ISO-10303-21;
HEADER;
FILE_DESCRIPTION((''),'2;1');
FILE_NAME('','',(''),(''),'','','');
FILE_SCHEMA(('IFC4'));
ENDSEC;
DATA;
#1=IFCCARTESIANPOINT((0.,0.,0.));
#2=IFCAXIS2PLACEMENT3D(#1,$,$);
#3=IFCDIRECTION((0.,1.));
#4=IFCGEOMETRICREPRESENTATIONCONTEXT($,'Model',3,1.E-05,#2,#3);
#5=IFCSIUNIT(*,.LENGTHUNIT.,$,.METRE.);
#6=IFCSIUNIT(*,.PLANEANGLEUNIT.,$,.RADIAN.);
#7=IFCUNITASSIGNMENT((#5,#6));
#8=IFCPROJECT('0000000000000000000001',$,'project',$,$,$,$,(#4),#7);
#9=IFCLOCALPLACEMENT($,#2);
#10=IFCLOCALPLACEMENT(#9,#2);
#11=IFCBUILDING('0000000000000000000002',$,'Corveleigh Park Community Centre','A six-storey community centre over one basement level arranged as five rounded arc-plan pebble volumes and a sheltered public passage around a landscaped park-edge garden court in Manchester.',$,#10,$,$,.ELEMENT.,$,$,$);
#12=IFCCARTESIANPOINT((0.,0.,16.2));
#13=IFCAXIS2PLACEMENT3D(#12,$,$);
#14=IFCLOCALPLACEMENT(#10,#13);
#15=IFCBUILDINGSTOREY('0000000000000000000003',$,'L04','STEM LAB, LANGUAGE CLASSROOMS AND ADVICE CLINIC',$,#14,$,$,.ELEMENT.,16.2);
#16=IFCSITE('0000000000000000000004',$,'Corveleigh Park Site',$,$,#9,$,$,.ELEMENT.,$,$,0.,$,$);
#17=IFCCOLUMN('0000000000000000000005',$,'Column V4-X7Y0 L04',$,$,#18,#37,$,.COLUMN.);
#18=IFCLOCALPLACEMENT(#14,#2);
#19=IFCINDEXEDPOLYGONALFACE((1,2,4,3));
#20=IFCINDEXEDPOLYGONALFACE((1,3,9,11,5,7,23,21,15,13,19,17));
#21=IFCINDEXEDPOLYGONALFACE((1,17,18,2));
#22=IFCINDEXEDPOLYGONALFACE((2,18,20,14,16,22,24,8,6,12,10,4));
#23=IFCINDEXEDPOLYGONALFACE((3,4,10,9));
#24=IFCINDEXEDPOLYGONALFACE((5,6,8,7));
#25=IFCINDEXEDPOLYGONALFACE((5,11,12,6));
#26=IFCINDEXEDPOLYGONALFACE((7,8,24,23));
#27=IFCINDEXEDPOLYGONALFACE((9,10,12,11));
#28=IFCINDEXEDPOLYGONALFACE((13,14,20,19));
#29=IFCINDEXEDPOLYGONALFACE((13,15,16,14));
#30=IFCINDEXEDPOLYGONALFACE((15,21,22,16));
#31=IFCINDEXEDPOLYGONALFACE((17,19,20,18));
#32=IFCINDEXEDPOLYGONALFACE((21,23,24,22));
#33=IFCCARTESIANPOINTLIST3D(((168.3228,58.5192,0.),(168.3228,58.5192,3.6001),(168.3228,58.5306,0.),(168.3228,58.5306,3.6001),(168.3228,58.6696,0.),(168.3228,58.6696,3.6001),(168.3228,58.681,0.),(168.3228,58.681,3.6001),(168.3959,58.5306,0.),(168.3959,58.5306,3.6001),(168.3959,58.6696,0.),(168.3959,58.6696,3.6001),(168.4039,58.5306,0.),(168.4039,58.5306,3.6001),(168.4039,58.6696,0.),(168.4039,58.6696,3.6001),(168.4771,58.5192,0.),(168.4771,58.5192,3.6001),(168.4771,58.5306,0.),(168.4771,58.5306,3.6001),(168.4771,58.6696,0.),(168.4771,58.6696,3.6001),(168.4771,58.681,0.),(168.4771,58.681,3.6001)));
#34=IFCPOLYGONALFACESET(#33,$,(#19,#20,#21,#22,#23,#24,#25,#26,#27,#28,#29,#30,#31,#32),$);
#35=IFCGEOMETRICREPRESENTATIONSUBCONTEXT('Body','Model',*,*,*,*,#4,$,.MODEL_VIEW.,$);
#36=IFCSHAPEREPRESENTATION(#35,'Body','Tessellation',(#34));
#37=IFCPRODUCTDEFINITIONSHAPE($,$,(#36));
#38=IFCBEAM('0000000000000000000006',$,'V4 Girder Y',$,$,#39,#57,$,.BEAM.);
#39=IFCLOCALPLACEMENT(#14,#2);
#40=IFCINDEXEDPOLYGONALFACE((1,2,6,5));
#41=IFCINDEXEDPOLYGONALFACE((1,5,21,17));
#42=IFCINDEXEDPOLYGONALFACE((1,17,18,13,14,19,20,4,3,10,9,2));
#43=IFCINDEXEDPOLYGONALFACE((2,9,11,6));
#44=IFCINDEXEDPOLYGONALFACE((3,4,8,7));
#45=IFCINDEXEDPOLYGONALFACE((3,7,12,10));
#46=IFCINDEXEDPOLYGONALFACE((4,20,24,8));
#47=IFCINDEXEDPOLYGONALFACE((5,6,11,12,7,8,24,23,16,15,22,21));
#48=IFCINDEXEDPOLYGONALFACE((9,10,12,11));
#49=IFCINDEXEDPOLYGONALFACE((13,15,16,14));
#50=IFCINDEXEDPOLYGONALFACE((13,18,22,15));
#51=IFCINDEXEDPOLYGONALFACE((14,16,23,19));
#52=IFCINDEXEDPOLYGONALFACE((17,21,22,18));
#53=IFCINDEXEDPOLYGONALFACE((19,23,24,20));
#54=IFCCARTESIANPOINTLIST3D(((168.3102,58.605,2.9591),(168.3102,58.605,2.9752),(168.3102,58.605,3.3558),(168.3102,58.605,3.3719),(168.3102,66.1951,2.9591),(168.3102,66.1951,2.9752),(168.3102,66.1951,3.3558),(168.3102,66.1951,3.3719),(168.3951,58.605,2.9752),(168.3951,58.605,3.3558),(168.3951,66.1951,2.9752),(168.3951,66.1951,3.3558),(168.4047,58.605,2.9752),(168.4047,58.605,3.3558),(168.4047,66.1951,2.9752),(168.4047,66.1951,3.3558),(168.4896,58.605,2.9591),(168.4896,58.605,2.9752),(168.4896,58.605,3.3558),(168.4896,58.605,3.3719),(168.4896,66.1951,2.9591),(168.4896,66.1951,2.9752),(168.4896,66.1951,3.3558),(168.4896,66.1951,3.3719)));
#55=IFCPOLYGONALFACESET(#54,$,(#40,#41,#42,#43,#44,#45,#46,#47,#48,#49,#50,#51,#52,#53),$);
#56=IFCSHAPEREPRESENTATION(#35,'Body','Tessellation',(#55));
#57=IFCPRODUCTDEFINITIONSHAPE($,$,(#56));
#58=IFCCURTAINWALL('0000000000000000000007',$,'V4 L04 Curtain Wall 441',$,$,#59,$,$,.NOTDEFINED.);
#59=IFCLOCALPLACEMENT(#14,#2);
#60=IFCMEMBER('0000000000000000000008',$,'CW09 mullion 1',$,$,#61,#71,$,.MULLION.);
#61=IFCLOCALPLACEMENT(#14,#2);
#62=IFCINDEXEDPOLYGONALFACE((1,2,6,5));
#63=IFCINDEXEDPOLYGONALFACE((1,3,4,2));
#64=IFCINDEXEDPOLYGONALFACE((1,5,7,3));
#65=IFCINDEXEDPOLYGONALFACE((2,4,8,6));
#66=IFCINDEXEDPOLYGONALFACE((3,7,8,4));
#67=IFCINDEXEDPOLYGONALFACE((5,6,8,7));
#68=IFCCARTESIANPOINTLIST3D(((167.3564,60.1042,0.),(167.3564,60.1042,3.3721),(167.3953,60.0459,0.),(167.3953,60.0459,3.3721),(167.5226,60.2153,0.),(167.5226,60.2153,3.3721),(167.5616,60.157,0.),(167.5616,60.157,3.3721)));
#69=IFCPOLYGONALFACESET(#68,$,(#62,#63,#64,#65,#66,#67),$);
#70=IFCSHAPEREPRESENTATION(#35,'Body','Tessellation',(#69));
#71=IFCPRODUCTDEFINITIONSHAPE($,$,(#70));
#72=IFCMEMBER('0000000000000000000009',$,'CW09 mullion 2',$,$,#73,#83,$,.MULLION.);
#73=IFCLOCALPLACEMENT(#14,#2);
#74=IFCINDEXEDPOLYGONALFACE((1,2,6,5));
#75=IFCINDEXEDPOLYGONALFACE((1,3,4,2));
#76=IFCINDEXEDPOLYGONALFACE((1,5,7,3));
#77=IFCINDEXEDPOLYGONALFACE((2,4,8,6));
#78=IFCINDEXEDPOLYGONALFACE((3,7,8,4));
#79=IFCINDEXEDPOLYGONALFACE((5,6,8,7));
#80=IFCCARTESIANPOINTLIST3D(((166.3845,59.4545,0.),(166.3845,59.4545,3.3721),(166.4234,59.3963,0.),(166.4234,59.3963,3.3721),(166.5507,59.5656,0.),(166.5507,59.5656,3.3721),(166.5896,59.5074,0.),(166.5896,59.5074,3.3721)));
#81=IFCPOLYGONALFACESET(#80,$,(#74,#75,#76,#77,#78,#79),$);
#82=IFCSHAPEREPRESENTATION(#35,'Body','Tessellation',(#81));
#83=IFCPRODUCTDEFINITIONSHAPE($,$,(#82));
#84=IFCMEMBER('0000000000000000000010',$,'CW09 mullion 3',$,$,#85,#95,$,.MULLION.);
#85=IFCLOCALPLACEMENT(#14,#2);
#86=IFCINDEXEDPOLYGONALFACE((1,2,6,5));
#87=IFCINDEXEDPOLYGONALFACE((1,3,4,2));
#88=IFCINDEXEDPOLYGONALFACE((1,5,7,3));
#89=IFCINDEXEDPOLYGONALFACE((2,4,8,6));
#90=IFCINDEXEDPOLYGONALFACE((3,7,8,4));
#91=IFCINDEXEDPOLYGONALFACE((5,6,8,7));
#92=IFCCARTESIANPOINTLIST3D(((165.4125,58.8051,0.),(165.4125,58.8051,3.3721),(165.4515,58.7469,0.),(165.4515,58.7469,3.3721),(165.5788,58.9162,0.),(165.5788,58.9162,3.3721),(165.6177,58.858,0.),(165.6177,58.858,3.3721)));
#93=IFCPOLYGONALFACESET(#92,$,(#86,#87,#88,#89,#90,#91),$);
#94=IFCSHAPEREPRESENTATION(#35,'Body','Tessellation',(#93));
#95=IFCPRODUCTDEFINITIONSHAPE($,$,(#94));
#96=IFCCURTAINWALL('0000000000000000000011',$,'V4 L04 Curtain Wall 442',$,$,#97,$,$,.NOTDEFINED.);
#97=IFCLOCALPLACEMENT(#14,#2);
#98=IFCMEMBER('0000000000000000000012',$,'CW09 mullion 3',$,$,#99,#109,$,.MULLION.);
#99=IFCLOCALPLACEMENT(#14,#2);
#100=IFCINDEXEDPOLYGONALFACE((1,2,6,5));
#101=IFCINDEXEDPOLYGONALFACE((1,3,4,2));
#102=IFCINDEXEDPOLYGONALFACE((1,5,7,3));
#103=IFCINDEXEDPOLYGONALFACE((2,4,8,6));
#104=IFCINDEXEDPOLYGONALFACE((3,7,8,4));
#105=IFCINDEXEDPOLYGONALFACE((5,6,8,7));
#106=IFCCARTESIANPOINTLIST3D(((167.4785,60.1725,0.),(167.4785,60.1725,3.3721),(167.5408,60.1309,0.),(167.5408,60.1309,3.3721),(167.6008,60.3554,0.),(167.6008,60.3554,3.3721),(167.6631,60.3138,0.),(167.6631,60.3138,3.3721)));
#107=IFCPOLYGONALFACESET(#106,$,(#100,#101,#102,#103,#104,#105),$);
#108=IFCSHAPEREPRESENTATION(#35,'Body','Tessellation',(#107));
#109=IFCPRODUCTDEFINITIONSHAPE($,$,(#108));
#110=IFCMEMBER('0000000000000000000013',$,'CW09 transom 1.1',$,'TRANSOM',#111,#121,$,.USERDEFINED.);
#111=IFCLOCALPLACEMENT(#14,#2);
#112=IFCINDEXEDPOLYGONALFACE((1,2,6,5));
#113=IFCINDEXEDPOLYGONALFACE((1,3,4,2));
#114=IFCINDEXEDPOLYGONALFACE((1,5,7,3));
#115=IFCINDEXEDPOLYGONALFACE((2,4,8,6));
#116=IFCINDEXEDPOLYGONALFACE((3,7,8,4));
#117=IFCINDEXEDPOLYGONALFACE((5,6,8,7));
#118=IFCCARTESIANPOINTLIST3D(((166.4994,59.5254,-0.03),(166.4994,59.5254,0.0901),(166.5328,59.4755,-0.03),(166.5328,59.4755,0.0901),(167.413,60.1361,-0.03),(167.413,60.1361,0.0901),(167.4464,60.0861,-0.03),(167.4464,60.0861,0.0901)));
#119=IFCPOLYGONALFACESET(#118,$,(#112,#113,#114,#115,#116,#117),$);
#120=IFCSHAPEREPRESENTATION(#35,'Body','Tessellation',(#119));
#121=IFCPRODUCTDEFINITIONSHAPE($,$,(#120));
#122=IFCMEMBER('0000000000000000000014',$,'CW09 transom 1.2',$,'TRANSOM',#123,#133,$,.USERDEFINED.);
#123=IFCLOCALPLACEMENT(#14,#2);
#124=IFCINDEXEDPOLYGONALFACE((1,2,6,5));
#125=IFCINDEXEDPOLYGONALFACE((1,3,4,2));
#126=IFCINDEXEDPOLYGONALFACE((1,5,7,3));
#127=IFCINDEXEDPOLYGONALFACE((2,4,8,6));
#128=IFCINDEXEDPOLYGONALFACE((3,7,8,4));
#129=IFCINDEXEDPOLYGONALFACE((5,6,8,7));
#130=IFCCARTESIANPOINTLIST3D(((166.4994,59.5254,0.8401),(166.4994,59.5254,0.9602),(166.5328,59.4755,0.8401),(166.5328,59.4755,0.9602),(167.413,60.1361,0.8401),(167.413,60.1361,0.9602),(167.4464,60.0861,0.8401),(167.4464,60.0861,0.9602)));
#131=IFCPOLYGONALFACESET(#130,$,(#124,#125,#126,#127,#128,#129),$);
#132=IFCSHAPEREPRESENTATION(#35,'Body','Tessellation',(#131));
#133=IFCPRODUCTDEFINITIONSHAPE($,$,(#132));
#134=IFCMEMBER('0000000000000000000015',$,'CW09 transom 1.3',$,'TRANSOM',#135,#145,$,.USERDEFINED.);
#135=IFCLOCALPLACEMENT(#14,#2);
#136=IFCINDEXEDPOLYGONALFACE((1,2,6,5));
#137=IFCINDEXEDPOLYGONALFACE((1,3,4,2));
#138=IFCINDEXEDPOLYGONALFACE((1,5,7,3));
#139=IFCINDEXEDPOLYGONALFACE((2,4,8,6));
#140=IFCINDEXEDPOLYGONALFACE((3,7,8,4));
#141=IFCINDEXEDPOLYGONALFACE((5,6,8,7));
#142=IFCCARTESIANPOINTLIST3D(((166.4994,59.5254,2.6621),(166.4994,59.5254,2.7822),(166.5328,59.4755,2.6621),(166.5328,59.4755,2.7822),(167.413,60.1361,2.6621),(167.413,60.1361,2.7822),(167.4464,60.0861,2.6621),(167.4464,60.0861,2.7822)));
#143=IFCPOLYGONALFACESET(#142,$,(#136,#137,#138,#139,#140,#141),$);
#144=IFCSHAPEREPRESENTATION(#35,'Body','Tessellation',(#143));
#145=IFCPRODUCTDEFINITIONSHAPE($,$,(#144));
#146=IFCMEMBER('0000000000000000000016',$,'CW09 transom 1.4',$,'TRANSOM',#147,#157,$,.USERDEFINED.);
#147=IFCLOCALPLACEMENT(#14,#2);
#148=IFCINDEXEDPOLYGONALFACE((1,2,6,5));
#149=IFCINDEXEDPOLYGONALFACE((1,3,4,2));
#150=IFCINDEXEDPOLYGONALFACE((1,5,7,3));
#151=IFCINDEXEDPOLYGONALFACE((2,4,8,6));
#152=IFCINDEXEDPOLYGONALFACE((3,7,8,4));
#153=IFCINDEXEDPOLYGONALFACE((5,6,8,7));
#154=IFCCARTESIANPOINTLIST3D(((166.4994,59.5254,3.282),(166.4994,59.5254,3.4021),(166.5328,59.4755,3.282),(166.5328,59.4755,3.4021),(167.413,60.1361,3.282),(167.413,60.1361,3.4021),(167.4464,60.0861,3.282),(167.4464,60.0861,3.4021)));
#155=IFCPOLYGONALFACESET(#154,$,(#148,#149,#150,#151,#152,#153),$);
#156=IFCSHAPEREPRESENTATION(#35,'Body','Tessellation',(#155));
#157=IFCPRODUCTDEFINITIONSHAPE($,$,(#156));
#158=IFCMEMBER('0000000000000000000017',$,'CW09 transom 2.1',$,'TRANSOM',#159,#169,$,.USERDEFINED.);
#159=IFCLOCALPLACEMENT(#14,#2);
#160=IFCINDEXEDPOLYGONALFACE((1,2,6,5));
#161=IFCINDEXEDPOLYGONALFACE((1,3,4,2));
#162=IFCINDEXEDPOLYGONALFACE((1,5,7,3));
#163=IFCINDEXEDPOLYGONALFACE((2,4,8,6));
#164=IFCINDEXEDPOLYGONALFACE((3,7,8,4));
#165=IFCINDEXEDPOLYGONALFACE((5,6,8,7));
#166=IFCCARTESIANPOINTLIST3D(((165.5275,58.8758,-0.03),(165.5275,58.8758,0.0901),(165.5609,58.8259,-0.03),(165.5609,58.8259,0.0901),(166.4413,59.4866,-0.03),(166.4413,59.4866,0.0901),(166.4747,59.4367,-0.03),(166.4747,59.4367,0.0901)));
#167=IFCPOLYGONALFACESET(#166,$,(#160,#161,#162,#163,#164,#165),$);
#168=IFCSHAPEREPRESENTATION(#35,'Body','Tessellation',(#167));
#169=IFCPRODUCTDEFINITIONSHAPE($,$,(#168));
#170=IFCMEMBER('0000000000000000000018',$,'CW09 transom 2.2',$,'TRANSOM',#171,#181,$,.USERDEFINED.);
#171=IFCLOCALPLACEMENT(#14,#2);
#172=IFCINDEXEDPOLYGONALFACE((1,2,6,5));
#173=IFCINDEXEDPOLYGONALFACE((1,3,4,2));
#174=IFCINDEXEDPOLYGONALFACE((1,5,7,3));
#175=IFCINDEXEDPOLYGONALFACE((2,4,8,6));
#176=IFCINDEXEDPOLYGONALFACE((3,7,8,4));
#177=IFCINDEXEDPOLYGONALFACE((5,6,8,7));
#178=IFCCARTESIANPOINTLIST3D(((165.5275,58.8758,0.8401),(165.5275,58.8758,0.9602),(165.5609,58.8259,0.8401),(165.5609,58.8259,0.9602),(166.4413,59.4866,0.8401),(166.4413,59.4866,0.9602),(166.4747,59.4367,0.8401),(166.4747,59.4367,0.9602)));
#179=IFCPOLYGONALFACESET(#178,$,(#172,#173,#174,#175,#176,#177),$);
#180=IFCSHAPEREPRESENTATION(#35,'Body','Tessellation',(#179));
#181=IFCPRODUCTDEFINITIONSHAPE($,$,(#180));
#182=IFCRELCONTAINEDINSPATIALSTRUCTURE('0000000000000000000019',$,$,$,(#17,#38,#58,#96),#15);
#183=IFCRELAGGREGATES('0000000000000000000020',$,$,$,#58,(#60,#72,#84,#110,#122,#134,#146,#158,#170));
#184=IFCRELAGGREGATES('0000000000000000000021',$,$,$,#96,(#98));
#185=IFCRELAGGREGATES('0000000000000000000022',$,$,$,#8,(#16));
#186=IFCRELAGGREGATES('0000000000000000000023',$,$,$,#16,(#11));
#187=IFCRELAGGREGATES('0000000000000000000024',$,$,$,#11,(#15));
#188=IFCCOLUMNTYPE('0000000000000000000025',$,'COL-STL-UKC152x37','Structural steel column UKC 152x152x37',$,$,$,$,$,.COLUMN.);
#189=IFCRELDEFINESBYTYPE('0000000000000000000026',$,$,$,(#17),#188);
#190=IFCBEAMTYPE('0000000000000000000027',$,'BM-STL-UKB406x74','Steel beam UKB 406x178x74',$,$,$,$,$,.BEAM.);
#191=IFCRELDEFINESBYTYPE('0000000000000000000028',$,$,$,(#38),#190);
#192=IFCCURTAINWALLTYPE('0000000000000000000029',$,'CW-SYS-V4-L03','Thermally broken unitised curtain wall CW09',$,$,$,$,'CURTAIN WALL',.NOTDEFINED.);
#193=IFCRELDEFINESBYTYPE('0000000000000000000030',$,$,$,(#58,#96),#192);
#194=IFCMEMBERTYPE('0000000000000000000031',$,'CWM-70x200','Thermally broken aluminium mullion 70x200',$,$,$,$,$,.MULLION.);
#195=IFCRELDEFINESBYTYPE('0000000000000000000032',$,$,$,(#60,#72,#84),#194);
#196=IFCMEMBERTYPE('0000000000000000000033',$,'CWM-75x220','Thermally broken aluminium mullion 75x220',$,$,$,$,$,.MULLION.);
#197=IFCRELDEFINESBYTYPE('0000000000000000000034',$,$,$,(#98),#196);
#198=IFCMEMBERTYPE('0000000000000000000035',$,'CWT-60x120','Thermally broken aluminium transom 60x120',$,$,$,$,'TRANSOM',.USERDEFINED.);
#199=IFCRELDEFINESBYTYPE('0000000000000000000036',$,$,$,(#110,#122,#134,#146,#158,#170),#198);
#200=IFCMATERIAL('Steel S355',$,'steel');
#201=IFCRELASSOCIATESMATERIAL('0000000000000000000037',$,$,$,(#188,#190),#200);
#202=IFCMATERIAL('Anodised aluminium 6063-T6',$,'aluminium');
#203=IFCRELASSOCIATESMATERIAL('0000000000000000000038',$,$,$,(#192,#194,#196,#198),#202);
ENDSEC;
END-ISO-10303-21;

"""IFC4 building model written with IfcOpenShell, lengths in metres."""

from ifc_helpers import new_model, si_unit, direction, frame, origin, origin_2d, place, context, subcontext, project, spatial, rectangle, i_section, extrude, material, material_profile, profile_set, type_object, element, aggregate, save


model = new_model("IFC4")

# Units and contexts
model_context = context("Model", 3, precision=1e-05, world=origin(), true_north=direction((0.0, 1.0)))
body_context = subcontext(model_context, "Body", "Model", "MODEL_VIEW")
ifc_project = project(units=[si_unit("LENGTHUNIT", "METRE"), si_unit("PLANEANGLEUNIT", "RADIAN")], contexts=[model_context])

# Site, building, storey
site_placement = place(None, origin())
site = spatial("IfcSite", under=ifc_project, at=site_placement, Name="Corveleigh Park Site", CompositionType="ELEMENT", RefElevation=0.0)
building_placement = place(site_placement, origin())
building = spatial("IfcBuilding", under=site, at=building_placement, Name="Corveleigh Park Community Centre", Description="A six-storey community centre over one basement level arranged as five rounded arc-plan pebble volumes and a sheltered public passage around a landscaped park-edge garden court in Manchester.", CompositionType="ELEMENT")
storey_placement = place(building_placement, frame((0.0, 0.0, 16.2)))
storey = spatial("IfcBuildingStorey", under=building, at=storey_placement, Name="L04", Description="STEM LAB, LANGUAGE CLASSROOMS AND ADVICE CLINIC", CompositionType="ELEMENT", Elevation=16.2)

# Column
ifc_material_1 = material(Name="Steel S355", Category="steel")
ifc_material_profile_1 = material_profile(ifc_material_1, i_section(OverallWidth=0.1543, OverallDepth=0.1619, WebThickness=0.0081, FlangeThickness=0.0115, at=origin_2d()), Name="UKC 152x152x37", Category="steel")
ifc_profile_set_1 = profile_set([ifc_material_profile_1], Name="Steel S355")
column_type = type_object("IfcColumnType", Name="COL-STL-UKC152x37", Description="Structural steel column UKC 152x152x37", PredefinedType="COLUMN", material=ifc_profile_set_1)
column_placement = place(storey_placement, frame((168.3999, 58.6001, 0.0), z_axis=(0.0, 0.0, 1.0), x_axis=(1.0, 0.0, 0.0)))
element("IfcColumn", 1, at=column_placement, inside=storey, type_object=column_type, Name="Column V4-X7Y0 L04", PredefinedType="COLUMN", context=body_context, shape_type="SweptSolid", body=[
    extrude(i_section(OverallWidth=0.1543, OverallDepth=0.1619, WebThickness=0.0081, FlangeThickness=0.0115, at=origin_2d()), origin(), (0.0, 0.0, 1.0), 3.6001),
])

# Beam
ifc_material_profile_2 = material_profile(ifc_material_1, i_section(OverallWidth=0.1794, OverallDepth=0.4128, WebThickness=0.0095, FlangeThickness=0.0161, at=origin_2d()), Name="UKB 406x178x74", Category="steel")
ifc_profile_set_2 = profile_set([ifc_material_profile_2], Name="Steel S355")
beam_type = type_object("IfcBeamType", Name="BM-STL-UKB406x74", Description="Steel beam UKB 406x178x74", PredefinedType="BEAM", material=ifc_profile_set_2)
beam_placement = place(storey_placement, frame((168.3999, 58.605, 3.1655), z_axis=(0.0, 1.0, 0.0), x_axis=(-1.0, 0.0, 0.0)))
element("IfcBeam", 2, at=beam_placement, inside=storey, type_object=beam_type, Name="V4 Girder Y", PredefinedType="BEAM", context=body_context, shape_type="SweptSolid", body=[
    extrude(i_section(OverallWidth=0.1794, OverallDepth=0.4128, WebThickness=0.0095, FlangeThickness=0.0161, at=origin_2d()), origin(), (0.0, 0.0, 1.0), 7.5901),
])

# Curtain wall, members
ifc_material_2 = material(Name="Anodised aluminium 6063-T6", Category="aluminium")
curtain_wall_type = type_object("IfcCurtainWallType", Name="CW-SYS-V4-L03", Description="Thermally broken unitised curtain wall CW09", ElementType="CURTAIN WALL", PredefinedType="NOTDEFINED", material=ifc_material_2)
curtain_wall_1_placement = place(storey_placement, origin())
curtain_wall_1 = element("IfcCurtainWall", 3, at=curtain_wall_1_placement, inside=storey, type_object=curtain_wall_type, Name="V4 L04 Curtain Wall 441", PredefinedType="NOTDEFINED")
ifc_material_profile_3 = material_profile(ifc_material_2, rectangle(XDim=0.0701, YDim=0.2, at=origin_2d()), Name="ALU-M70x200", Category="aluminium")
ifc_profile_set_3 = profile_set([ifc_material_profile_3], Name="Anodised aluminium 6063-T6")
member_type_1 = type_object("IfcMemberType", Name="CWM-70x200", Description="Thermally broken aluminium mullion 70x200", PredefinedType="MULLION", material=ifc_profile_set_3)
member_1_placement = place(storey_placement, frame((167.459, 60.1306, 0.0), z_axis=(0.0, 0.0, 1.0), x_axis=(0.555658, -0.831411, 0.0)))
member_1 = element("IfcMember", 4, at=member_1_placement, type_object=member_type_1, Name="CW09 mullion 1", PredefinedType="MULLION", context=body_context, shape_type="SweptSolid", body=[
    extrude(rectangle(XDim=0.0701, YDim=0.2, at=origin_2d()), origin(), (0.0, 0.0, 1.0), 3.3721),
])
member_2_placement = place(storey_placement, frame((166.4871, 59.481, 0.0), z_axis=(0.0, 0.0, 1.0), x_axis=(0.555658, -0.831411, 0.0)))
member_2 = element("IfcMember", 5, at=member_2_placement, type_object=member_type_1, Name="CW09 mullion 2", PredefinedType="MULLION", context=body_context, shape_type="SweptSolid", body=[
    extrude(rectangle(XDim=0.0701, YDim=0.2, at=origin_2d()), origin(), (0.0, 0.0, 1.0), 3.3721),
])
member_3_placement = place(storey_placement, frame((165.5151, 58.8315, 0.0), z_axis=(0.0, 0.0, 1.0), x_axis=(0.555658, -0.831411, 0.0)))
member_3 = element("IfcMember", 6, at=member_3_placement, type_object=member_type_1, Name="CW09 mullion 3", PredefinedType="MULLION", context=body_context, shape_type="SweptSolid", body=[
    extrude(rectangle(XDim=0.0701, YDim=0.2, at=origin_2d()), origin(), (0.0, 0.0, 1.0), 3.3721),
])

# Curtain wall, member
curtain_wall_2_placement = place(storey_placement, origin())
curtain_wall_2 = element("IfcCurtainWall", 7, at=curtain_wall_2_placement, inside=storey, type_object=curtain_wall_type, Name="V4 L04 Curtain Wall 442", PredefinedType="NOTDEFINED")
ifc_material_profile_4 = material_profile(ifc_material_2, rectangle(XDim=0.075, YDim=0.22, at=origin_2d()), Name="ALU-M75x220", Category="aluminium")
ifc_profile_set_4 = profile_set([ifc_material_profile_4], Name="Anodised aluminium 6063-T6")
member_type_2 = type_object("IfcMemberType", Name="CWM-75x220", Description="Thermally broken aluminium mullion 75x220", PredefinedType="MULLION", material=ifc_profile_set_4)
member_4_placement = place(storey_placement, frame((167.5708, 60.2432, 0.0), z_axis=(0.0, 0.0, 1.0), x_axis=(0.831411, -0.555658, 0.0)))
member_4 = element("IfcMember", 8, at=member_4_placement, type_object=member_type_2, Name="CW09 mullion 3", PredefinedType="MULLION", context=body_context, shape_type="SweptSolid", body=[
    extrude(rectangle(XDim=0.075, YDim=0.22, at=origin_2d()), origin(), (0.0, 0.0, 1.0), 3.3721),
])

# Members
ifc_material_profile_5 = material_profile(ifc_material_2, rectangle(XDim=0.0601, YDim=0.1201, at=origin_2d()), Name="ALU-T60x120", Category="aluminium")
ifc_profile_set_5 = profile_set([ifc_material_profile_5], Name="Anodised aluminium 6063-T6")
member_type_3 = type_object("IfcMemberType", Name="CWT-60x120", Description="Thermally broken aluminium transom 60x120", ElementType="TRANSOM", PredefinedType="USERDEFINED", material=ifc_profile_set_5)
member_5_placement = place(storey_placement, frame((167.4297, 60.1111, 0.03), z_axis=(-0.8314, -0.555674, 0.0), x_axis=(0.555674, -0.8314, 0.0)))
member_5 = element("IfcMember", 9, at=member_5_placement, type_object=member_type_3, Name="CW09 transom 1.1", ObjectType="TRANSOM", PredefinedType="USERDEFINED", context=body_context, shape_type="SweptSolid", body=[
    extrude(rectangle(XDim=0.0601, YDim=0.1201, at=origin_2d()), origin(), (0.0, 0.0, 1.0), 1.0989),
])
member_6_placement = place(storey_placement, frame((167.4297, 60.1111, 0.9001), z_axis=(-0.8314, -0.555674, 0.0), x_axis=(0.555674, -0.8314, 0.0)))
member_6 = element("IfcMember", 10, at=member_6_placement, type_object=member_type_3, Name="CW09 transom 1.2", ObjectType="TRANSOM", PredefinedType="USERDEFINED", context=body_context, shape_type="SweptSolid", body=[
    extrude(rectangle(XDim=0.0601, YDim=0.1201, at=origin_2d()), origin(), (0.0, 0.0, 1.0), 1.0989),
])
member_7_placement = place(storey_placement, frame((167.4297, 60.1111, 2.7222), z_axis=(-0.8314, -0.555674, 0.0), x_axis=(0.555674, -0.8314, 0.0)))
member_7 = element("IfcMember", 11, at=member_7_placement, type_object=member_type_3, Name="CW09 transom 1.3", ObjectType="TRANSOM", PredefinedType="USERDEFINED", context=body_context, shape_type="SweptSolid", body=[
    extrude(rectangle(XDim=0.0601, YDim=0.1201, at=origin_2d()), origin(), (0.0, 0.0, 1.0), 1.0989),
])
member_8_placement = place(storey_placement, frame((167.4297, 60.1111, 3.342), z_axis=(-0.8314, -0.555674, 0.0), x_axis=(0.555674, -0.8314, 0.0)))
member_8 = element("IfcMember", 12, at=member_8_placement, type_object=member_type_3, Name="CW09 transom 1.4", ObjectType="TRANSOM", PredefinedType="USERDEFINED", context=body_context, shape_type="SweptSolid", body=[
    extrude(rectangle(XDim=0.0601, YDim=0.1201, at=origin_2d()), origin(), (0.0, 0.0, 1.0), 1.0989),
])
member_9_placement = place(storey_placement, frame((166.458, 59.4617, 0.03), z_axis=(-0.831366, -0.555725, 0.0), x_axis=(0.555725, -0.831366, 0.0)))
member_9 = element("IfcMember", 13, at=member_9_placement, type_object=member_type_3, Name="CW09 transom 2.1", ObjectType="TRANSOM", PredefinedType="USERDEFINED", context=body_context, shape_type="SweptSolid", body=[
    extrude(rectangle(XDim=0.0601, YDim=0.1201, at=origin_2d()), origin(), (0.0, 0.0, 1.0), 1.0991),
])
member_10_placement = place(storey_placement, frame((166.458, 59.4617, 0.9001), z_axis=(-0.831366, -0.555725, 0.0), x_axis=(0.555725, -0.831366, 0.0)))
member_10 = element("IfcMember", 14, at=member_10_placement, type_object=member_type_3, Name="CW09 transom 2.2", ObjectType="TRANSOM", PredefinedType="USERDEFINED", context=body_context, shape_type="SweptSolid", body=[
    extrude(rectangle(XDim=0.0601, YDim=0.1201, at=origin_2d()), origin(), (0.0, 0.0, 1.0), 1.0991),
])

aggregate(curtain_wall_1, [member_1, member_2, member_3, member_5, member_6, member_7, member_8, member_9, member_10])
aggregate(curtain_wall_2, [member_4])

save(model, "model.ifc")
